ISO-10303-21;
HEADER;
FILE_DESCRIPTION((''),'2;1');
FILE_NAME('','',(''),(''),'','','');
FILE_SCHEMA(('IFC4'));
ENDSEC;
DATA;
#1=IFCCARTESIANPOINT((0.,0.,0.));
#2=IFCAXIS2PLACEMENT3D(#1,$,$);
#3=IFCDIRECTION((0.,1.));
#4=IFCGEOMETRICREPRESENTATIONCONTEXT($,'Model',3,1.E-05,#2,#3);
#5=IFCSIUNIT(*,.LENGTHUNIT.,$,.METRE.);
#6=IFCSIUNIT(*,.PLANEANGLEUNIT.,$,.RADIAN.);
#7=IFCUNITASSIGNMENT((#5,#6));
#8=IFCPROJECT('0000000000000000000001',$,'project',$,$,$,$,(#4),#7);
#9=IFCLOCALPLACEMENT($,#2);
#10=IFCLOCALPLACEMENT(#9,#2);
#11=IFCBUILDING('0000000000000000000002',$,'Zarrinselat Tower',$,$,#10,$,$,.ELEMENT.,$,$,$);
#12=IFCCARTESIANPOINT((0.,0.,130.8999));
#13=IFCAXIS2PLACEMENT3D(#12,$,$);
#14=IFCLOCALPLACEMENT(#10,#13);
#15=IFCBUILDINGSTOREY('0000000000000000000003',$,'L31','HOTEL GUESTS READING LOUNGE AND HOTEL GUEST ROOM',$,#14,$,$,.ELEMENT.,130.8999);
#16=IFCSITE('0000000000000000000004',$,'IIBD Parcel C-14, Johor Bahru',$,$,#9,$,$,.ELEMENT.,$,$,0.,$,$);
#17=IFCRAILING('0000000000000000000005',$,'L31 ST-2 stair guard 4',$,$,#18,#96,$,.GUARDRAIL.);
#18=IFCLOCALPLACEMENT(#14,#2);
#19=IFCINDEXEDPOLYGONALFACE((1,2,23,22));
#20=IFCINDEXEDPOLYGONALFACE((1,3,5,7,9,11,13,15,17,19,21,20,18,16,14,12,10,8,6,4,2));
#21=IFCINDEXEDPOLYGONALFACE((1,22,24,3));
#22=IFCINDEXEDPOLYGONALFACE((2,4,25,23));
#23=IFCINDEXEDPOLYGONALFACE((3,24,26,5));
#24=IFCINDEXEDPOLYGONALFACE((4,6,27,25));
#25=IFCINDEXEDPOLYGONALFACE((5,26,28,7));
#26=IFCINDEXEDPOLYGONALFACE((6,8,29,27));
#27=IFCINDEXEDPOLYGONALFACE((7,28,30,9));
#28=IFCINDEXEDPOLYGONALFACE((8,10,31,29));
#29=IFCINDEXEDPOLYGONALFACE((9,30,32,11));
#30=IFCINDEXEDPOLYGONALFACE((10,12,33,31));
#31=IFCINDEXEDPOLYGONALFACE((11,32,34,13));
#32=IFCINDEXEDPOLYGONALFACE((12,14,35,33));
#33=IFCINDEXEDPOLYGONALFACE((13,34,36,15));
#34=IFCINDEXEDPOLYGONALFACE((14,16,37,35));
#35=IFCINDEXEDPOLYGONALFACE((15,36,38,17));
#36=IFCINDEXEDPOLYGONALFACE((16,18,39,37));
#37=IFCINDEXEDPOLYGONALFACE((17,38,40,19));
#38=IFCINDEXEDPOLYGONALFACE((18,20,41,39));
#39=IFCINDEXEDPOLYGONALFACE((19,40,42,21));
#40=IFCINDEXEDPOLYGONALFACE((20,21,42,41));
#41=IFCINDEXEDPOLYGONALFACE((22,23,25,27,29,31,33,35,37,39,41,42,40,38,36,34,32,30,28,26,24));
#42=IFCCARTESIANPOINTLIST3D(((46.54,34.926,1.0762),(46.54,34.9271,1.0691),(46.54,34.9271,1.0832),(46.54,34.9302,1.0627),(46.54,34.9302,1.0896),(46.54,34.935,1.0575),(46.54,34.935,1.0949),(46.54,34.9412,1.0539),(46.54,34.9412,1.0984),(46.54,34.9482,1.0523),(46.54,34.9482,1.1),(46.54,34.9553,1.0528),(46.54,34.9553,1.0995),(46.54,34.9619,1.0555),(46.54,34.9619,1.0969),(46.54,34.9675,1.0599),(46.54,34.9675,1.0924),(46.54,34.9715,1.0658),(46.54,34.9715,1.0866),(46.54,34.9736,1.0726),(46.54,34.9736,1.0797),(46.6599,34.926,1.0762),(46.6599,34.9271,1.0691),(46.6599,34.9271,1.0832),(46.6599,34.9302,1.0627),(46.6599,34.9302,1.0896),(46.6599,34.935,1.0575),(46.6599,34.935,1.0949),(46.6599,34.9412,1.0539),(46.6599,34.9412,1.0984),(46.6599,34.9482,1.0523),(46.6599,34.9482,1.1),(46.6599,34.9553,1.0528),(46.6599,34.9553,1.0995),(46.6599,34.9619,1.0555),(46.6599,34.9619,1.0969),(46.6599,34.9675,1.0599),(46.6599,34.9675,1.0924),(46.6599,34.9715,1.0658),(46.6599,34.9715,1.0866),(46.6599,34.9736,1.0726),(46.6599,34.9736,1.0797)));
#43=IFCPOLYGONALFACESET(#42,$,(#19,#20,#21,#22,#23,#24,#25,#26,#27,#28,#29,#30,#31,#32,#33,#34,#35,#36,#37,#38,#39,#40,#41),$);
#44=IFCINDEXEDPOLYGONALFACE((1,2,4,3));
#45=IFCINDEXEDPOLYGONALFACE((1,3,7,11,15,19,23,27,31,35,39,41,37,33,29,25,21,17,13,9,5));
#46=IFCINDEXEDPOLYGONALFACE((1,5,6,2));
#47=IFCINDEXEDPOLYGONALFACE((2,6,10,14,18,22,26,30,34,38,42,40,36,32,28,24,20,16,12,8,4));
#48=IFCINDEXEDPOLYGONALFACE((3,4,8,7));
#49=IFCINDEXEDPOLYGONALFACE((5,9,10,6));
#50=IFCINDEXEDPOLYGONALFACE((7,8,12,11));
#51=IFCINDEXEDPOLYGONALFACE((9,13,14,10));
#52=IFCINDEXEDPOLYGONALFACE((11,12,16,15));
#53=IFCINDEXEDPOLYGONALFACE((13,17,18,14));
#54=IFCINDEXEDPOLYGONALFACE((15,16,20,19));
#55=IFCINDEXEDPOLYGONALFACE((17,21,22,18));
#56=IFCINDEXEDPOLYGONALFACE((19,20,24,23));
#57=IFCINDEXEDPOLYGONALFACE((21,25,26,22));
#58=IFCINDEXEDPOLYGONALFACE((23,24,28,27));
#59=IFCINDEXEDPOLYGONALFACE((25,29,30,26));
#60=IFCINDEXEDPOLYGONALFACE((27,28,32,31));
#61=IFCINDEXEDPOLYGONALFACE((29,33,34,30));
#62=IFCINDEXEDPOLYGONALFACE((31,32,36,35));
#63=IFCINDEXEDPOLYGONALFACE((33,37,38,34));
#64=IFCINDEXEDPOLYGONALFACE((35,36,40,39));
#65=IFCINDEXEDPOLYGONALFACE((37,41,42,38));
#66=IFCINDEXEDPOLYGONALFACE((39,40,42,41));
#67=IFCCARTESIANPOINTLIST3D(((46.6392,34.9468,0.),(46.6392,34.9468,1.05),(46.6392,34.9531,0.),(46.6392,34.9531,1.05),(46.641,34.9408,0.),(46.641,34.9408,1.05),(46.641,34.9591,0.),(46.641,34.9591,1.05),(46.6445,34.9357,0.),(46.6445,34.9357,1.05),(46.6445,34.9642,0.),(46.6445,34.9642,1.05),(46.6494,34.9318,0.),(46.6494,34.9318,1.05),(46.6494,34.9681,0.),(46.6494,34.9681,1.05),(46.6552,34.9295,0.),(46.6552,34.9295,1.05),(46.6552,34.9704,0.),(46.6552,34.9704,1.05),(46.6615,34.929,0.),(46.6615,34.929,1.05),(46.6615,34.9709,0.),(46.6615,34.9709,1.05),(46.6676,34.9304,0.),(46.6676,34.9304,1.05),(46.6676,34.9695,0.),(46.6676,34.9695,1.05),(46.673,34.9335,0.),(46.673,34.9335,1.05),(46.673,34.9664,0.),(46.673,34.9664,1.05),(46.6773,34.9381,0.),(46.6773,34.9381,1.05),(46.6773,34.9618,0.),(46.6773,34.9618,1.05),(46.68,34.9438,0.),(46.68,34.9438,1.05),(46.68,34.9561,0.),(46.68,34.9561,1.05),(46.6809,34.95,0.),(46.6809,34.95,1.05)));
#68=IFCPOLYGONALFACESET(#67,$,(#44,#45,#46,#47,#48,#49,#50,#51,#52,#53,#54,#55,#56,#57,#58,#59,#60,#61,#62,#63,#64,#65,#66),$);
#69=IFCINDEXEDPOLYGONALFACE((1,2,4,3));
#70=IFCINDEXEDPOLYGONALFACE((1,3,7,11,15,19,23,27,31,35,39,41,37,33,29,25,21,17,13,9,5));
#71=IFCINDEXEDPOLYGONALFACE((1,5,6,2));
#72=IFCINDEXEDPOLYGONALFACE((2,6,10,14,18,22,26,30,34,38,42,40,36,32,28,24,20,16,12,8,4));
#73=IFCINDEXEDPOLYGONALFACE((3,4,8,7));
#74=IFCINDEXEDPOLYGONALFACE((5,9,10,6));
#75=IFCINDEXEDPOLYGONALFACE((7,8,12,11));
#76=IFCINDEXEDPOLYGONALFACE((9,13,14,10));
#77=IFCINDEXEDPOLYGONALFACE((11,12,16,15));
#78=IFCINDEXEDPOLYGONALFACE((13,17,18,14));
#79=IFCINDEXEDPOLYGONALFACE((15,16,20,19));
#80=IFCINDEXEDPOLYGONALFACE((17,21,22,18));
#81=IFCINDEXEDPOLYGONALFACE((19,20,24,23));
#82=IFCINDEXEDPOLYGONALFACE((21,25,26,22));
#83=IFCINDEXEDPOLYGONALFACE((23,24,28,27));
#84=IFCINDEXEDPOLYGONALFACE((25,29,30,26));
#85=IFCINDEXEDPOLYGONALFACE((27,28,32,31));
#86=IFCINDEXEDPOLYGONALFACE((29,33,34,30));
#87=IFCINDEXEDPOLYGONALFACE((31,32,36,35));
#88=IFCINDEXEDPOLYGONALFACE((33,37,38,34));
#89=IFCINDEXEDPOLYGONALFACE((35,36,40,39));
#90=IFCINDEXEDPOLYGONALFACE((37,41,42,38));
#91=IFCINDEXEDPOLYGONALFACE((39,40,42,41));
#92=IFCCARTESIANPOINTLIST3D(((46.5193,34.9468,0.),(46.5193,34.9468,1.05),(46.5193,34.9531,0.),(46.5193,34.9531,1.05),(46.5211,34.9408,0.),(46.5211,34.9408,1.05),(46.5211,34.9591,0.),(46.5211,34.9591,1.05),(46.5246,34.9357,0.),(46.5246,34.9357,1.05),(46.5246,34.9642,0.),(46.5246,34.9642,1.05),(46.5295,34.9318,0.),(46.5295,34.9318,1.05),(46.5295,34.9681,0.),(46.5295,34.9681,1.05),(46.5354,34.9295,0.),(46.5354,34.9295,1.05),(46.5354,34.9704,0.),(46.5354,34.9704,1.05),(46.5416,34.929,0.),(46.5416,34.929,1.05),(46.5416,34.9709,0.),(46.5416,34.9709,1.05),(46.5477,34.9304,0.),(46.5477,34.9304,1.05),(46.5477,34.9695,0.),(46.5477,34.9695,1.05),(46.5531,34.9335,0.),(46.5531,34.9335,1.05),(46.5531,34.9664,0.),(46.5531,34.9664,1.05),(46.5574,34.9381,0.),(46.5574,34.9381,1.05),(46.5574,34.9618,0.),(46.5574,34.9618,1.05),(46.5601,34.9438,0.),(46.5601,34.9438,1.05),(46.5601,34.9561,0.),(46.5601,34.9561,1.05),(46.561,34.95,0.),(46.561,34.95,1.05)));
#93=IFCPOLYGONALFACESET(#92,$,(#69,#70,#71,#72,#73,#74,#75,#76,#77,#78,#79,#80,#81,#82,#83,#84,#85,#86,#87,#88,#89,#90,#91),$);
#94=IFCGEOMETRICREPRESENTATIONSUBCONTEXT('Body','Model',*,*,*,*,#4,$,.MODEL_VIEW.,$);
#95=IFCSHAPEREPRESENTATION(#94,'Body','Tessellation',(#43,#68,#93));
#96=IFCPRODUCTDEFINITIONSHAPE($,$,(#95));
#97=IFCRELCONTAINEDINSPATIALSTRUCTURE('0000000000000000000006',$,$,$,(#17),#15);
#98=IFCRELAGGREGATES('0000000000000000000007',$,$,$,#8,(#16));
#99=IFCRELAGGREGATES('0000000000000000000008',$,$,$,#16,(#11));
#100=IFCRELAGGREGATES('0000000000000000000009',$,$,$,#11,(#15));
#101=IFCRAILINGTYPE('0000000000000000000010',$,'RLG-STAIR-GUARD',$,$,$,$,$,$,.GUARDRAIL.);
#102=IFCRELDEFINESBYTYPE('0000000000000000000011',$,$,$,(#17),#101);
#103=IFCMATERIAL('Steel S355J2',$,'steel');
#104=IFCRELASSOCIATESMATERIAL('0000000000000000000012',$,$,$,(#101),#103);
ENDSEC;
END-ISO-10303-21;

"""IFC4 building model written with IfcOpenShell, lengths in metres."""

from ifc_helpers import new_model, si_unit, direction, frame, origin, origin_2d, place, context, subcontext, project, spatial, circle, extrude, material, type_object, element, save


model = new_model("IFC4")

# Units and contexts
model_context = context("Model", 3, precision=1e-05, world=origin(), true_north=direction((0.0, 1.0)))
body_context = subcontext(model_context, "Body", "Model", "MODEL_VIEW")
ifc_project = project(units=[si_unit("LENGTHUNIT", "METRE"), si_unit("PLANEANGLEUNIT", "RADIAN")], contexts=[model_context])

# Site, building, storey
site_placement = place(None, origin())
site = spatial("IfcSite", under=ifc_project, at=site_placement, Name="IIBD Parcel C-14, Johor Bahru", CompositionType="ELEMENT", RefElevation=0.0)
building_placement = place(site_placement, origin())
building = spatial("IfcBuilding", under=site, at=building_placement, Name="Zarrinselat Tower", CompositionType="ELEMENT")
storey_placement = place(building_placement, frame((0.0, 0.0, 130.8999)))
storey = spatial("IfcBuildingStorey", under=building, at=storey_placement, Name="L31", Description="HOTEL GUESTS READING LOUNGE AND HOTEL GUEST ROOM", CompositionType="ELEMENT", Elevation=130.8999)

# Railing
ifc_material_1 = material(Name="Steel S355J2", Category="steel")
railing_type_1 = type_object("IfcRailingType", Name="RLG-STAIR-GUARD", PredefinedType="GUARDRAIL", material=ifc_material_1)
railing_1_placement = place(storey_placement, frame((46.6599, 34.95, 0.0)))
element("IfcRailing", 1, at=railing_1_placement, inside=storey, type_object=railing_type_1, Name="L31 ST-2 stair guard 4", PredefinedType="GUARDRAIL", context=body_context, shape_type="SweptSolid", body=[
    extrude(circle(Radius=0.0239, at=origin_2d()), frame((0.0, 0.0, 1.0762), z_axis=(-1.0, 0.0, 0.0), x_axis=(0.0, -1.0, 0.0)), (0.0, 0.0, 1.0), 0.1199),
    extrude(circle(Radius=0.021, at=origin_2d()), origin(), (0.0, 0.0, 1.0), 1.05),
    extrude(circle(Radius=0.021, at=origin_2d()), frame((-0.1199, 0.0, 0.0)), (0.0, 0.0, 1.0), 1.05),
])

save(model, "model.ifc")
